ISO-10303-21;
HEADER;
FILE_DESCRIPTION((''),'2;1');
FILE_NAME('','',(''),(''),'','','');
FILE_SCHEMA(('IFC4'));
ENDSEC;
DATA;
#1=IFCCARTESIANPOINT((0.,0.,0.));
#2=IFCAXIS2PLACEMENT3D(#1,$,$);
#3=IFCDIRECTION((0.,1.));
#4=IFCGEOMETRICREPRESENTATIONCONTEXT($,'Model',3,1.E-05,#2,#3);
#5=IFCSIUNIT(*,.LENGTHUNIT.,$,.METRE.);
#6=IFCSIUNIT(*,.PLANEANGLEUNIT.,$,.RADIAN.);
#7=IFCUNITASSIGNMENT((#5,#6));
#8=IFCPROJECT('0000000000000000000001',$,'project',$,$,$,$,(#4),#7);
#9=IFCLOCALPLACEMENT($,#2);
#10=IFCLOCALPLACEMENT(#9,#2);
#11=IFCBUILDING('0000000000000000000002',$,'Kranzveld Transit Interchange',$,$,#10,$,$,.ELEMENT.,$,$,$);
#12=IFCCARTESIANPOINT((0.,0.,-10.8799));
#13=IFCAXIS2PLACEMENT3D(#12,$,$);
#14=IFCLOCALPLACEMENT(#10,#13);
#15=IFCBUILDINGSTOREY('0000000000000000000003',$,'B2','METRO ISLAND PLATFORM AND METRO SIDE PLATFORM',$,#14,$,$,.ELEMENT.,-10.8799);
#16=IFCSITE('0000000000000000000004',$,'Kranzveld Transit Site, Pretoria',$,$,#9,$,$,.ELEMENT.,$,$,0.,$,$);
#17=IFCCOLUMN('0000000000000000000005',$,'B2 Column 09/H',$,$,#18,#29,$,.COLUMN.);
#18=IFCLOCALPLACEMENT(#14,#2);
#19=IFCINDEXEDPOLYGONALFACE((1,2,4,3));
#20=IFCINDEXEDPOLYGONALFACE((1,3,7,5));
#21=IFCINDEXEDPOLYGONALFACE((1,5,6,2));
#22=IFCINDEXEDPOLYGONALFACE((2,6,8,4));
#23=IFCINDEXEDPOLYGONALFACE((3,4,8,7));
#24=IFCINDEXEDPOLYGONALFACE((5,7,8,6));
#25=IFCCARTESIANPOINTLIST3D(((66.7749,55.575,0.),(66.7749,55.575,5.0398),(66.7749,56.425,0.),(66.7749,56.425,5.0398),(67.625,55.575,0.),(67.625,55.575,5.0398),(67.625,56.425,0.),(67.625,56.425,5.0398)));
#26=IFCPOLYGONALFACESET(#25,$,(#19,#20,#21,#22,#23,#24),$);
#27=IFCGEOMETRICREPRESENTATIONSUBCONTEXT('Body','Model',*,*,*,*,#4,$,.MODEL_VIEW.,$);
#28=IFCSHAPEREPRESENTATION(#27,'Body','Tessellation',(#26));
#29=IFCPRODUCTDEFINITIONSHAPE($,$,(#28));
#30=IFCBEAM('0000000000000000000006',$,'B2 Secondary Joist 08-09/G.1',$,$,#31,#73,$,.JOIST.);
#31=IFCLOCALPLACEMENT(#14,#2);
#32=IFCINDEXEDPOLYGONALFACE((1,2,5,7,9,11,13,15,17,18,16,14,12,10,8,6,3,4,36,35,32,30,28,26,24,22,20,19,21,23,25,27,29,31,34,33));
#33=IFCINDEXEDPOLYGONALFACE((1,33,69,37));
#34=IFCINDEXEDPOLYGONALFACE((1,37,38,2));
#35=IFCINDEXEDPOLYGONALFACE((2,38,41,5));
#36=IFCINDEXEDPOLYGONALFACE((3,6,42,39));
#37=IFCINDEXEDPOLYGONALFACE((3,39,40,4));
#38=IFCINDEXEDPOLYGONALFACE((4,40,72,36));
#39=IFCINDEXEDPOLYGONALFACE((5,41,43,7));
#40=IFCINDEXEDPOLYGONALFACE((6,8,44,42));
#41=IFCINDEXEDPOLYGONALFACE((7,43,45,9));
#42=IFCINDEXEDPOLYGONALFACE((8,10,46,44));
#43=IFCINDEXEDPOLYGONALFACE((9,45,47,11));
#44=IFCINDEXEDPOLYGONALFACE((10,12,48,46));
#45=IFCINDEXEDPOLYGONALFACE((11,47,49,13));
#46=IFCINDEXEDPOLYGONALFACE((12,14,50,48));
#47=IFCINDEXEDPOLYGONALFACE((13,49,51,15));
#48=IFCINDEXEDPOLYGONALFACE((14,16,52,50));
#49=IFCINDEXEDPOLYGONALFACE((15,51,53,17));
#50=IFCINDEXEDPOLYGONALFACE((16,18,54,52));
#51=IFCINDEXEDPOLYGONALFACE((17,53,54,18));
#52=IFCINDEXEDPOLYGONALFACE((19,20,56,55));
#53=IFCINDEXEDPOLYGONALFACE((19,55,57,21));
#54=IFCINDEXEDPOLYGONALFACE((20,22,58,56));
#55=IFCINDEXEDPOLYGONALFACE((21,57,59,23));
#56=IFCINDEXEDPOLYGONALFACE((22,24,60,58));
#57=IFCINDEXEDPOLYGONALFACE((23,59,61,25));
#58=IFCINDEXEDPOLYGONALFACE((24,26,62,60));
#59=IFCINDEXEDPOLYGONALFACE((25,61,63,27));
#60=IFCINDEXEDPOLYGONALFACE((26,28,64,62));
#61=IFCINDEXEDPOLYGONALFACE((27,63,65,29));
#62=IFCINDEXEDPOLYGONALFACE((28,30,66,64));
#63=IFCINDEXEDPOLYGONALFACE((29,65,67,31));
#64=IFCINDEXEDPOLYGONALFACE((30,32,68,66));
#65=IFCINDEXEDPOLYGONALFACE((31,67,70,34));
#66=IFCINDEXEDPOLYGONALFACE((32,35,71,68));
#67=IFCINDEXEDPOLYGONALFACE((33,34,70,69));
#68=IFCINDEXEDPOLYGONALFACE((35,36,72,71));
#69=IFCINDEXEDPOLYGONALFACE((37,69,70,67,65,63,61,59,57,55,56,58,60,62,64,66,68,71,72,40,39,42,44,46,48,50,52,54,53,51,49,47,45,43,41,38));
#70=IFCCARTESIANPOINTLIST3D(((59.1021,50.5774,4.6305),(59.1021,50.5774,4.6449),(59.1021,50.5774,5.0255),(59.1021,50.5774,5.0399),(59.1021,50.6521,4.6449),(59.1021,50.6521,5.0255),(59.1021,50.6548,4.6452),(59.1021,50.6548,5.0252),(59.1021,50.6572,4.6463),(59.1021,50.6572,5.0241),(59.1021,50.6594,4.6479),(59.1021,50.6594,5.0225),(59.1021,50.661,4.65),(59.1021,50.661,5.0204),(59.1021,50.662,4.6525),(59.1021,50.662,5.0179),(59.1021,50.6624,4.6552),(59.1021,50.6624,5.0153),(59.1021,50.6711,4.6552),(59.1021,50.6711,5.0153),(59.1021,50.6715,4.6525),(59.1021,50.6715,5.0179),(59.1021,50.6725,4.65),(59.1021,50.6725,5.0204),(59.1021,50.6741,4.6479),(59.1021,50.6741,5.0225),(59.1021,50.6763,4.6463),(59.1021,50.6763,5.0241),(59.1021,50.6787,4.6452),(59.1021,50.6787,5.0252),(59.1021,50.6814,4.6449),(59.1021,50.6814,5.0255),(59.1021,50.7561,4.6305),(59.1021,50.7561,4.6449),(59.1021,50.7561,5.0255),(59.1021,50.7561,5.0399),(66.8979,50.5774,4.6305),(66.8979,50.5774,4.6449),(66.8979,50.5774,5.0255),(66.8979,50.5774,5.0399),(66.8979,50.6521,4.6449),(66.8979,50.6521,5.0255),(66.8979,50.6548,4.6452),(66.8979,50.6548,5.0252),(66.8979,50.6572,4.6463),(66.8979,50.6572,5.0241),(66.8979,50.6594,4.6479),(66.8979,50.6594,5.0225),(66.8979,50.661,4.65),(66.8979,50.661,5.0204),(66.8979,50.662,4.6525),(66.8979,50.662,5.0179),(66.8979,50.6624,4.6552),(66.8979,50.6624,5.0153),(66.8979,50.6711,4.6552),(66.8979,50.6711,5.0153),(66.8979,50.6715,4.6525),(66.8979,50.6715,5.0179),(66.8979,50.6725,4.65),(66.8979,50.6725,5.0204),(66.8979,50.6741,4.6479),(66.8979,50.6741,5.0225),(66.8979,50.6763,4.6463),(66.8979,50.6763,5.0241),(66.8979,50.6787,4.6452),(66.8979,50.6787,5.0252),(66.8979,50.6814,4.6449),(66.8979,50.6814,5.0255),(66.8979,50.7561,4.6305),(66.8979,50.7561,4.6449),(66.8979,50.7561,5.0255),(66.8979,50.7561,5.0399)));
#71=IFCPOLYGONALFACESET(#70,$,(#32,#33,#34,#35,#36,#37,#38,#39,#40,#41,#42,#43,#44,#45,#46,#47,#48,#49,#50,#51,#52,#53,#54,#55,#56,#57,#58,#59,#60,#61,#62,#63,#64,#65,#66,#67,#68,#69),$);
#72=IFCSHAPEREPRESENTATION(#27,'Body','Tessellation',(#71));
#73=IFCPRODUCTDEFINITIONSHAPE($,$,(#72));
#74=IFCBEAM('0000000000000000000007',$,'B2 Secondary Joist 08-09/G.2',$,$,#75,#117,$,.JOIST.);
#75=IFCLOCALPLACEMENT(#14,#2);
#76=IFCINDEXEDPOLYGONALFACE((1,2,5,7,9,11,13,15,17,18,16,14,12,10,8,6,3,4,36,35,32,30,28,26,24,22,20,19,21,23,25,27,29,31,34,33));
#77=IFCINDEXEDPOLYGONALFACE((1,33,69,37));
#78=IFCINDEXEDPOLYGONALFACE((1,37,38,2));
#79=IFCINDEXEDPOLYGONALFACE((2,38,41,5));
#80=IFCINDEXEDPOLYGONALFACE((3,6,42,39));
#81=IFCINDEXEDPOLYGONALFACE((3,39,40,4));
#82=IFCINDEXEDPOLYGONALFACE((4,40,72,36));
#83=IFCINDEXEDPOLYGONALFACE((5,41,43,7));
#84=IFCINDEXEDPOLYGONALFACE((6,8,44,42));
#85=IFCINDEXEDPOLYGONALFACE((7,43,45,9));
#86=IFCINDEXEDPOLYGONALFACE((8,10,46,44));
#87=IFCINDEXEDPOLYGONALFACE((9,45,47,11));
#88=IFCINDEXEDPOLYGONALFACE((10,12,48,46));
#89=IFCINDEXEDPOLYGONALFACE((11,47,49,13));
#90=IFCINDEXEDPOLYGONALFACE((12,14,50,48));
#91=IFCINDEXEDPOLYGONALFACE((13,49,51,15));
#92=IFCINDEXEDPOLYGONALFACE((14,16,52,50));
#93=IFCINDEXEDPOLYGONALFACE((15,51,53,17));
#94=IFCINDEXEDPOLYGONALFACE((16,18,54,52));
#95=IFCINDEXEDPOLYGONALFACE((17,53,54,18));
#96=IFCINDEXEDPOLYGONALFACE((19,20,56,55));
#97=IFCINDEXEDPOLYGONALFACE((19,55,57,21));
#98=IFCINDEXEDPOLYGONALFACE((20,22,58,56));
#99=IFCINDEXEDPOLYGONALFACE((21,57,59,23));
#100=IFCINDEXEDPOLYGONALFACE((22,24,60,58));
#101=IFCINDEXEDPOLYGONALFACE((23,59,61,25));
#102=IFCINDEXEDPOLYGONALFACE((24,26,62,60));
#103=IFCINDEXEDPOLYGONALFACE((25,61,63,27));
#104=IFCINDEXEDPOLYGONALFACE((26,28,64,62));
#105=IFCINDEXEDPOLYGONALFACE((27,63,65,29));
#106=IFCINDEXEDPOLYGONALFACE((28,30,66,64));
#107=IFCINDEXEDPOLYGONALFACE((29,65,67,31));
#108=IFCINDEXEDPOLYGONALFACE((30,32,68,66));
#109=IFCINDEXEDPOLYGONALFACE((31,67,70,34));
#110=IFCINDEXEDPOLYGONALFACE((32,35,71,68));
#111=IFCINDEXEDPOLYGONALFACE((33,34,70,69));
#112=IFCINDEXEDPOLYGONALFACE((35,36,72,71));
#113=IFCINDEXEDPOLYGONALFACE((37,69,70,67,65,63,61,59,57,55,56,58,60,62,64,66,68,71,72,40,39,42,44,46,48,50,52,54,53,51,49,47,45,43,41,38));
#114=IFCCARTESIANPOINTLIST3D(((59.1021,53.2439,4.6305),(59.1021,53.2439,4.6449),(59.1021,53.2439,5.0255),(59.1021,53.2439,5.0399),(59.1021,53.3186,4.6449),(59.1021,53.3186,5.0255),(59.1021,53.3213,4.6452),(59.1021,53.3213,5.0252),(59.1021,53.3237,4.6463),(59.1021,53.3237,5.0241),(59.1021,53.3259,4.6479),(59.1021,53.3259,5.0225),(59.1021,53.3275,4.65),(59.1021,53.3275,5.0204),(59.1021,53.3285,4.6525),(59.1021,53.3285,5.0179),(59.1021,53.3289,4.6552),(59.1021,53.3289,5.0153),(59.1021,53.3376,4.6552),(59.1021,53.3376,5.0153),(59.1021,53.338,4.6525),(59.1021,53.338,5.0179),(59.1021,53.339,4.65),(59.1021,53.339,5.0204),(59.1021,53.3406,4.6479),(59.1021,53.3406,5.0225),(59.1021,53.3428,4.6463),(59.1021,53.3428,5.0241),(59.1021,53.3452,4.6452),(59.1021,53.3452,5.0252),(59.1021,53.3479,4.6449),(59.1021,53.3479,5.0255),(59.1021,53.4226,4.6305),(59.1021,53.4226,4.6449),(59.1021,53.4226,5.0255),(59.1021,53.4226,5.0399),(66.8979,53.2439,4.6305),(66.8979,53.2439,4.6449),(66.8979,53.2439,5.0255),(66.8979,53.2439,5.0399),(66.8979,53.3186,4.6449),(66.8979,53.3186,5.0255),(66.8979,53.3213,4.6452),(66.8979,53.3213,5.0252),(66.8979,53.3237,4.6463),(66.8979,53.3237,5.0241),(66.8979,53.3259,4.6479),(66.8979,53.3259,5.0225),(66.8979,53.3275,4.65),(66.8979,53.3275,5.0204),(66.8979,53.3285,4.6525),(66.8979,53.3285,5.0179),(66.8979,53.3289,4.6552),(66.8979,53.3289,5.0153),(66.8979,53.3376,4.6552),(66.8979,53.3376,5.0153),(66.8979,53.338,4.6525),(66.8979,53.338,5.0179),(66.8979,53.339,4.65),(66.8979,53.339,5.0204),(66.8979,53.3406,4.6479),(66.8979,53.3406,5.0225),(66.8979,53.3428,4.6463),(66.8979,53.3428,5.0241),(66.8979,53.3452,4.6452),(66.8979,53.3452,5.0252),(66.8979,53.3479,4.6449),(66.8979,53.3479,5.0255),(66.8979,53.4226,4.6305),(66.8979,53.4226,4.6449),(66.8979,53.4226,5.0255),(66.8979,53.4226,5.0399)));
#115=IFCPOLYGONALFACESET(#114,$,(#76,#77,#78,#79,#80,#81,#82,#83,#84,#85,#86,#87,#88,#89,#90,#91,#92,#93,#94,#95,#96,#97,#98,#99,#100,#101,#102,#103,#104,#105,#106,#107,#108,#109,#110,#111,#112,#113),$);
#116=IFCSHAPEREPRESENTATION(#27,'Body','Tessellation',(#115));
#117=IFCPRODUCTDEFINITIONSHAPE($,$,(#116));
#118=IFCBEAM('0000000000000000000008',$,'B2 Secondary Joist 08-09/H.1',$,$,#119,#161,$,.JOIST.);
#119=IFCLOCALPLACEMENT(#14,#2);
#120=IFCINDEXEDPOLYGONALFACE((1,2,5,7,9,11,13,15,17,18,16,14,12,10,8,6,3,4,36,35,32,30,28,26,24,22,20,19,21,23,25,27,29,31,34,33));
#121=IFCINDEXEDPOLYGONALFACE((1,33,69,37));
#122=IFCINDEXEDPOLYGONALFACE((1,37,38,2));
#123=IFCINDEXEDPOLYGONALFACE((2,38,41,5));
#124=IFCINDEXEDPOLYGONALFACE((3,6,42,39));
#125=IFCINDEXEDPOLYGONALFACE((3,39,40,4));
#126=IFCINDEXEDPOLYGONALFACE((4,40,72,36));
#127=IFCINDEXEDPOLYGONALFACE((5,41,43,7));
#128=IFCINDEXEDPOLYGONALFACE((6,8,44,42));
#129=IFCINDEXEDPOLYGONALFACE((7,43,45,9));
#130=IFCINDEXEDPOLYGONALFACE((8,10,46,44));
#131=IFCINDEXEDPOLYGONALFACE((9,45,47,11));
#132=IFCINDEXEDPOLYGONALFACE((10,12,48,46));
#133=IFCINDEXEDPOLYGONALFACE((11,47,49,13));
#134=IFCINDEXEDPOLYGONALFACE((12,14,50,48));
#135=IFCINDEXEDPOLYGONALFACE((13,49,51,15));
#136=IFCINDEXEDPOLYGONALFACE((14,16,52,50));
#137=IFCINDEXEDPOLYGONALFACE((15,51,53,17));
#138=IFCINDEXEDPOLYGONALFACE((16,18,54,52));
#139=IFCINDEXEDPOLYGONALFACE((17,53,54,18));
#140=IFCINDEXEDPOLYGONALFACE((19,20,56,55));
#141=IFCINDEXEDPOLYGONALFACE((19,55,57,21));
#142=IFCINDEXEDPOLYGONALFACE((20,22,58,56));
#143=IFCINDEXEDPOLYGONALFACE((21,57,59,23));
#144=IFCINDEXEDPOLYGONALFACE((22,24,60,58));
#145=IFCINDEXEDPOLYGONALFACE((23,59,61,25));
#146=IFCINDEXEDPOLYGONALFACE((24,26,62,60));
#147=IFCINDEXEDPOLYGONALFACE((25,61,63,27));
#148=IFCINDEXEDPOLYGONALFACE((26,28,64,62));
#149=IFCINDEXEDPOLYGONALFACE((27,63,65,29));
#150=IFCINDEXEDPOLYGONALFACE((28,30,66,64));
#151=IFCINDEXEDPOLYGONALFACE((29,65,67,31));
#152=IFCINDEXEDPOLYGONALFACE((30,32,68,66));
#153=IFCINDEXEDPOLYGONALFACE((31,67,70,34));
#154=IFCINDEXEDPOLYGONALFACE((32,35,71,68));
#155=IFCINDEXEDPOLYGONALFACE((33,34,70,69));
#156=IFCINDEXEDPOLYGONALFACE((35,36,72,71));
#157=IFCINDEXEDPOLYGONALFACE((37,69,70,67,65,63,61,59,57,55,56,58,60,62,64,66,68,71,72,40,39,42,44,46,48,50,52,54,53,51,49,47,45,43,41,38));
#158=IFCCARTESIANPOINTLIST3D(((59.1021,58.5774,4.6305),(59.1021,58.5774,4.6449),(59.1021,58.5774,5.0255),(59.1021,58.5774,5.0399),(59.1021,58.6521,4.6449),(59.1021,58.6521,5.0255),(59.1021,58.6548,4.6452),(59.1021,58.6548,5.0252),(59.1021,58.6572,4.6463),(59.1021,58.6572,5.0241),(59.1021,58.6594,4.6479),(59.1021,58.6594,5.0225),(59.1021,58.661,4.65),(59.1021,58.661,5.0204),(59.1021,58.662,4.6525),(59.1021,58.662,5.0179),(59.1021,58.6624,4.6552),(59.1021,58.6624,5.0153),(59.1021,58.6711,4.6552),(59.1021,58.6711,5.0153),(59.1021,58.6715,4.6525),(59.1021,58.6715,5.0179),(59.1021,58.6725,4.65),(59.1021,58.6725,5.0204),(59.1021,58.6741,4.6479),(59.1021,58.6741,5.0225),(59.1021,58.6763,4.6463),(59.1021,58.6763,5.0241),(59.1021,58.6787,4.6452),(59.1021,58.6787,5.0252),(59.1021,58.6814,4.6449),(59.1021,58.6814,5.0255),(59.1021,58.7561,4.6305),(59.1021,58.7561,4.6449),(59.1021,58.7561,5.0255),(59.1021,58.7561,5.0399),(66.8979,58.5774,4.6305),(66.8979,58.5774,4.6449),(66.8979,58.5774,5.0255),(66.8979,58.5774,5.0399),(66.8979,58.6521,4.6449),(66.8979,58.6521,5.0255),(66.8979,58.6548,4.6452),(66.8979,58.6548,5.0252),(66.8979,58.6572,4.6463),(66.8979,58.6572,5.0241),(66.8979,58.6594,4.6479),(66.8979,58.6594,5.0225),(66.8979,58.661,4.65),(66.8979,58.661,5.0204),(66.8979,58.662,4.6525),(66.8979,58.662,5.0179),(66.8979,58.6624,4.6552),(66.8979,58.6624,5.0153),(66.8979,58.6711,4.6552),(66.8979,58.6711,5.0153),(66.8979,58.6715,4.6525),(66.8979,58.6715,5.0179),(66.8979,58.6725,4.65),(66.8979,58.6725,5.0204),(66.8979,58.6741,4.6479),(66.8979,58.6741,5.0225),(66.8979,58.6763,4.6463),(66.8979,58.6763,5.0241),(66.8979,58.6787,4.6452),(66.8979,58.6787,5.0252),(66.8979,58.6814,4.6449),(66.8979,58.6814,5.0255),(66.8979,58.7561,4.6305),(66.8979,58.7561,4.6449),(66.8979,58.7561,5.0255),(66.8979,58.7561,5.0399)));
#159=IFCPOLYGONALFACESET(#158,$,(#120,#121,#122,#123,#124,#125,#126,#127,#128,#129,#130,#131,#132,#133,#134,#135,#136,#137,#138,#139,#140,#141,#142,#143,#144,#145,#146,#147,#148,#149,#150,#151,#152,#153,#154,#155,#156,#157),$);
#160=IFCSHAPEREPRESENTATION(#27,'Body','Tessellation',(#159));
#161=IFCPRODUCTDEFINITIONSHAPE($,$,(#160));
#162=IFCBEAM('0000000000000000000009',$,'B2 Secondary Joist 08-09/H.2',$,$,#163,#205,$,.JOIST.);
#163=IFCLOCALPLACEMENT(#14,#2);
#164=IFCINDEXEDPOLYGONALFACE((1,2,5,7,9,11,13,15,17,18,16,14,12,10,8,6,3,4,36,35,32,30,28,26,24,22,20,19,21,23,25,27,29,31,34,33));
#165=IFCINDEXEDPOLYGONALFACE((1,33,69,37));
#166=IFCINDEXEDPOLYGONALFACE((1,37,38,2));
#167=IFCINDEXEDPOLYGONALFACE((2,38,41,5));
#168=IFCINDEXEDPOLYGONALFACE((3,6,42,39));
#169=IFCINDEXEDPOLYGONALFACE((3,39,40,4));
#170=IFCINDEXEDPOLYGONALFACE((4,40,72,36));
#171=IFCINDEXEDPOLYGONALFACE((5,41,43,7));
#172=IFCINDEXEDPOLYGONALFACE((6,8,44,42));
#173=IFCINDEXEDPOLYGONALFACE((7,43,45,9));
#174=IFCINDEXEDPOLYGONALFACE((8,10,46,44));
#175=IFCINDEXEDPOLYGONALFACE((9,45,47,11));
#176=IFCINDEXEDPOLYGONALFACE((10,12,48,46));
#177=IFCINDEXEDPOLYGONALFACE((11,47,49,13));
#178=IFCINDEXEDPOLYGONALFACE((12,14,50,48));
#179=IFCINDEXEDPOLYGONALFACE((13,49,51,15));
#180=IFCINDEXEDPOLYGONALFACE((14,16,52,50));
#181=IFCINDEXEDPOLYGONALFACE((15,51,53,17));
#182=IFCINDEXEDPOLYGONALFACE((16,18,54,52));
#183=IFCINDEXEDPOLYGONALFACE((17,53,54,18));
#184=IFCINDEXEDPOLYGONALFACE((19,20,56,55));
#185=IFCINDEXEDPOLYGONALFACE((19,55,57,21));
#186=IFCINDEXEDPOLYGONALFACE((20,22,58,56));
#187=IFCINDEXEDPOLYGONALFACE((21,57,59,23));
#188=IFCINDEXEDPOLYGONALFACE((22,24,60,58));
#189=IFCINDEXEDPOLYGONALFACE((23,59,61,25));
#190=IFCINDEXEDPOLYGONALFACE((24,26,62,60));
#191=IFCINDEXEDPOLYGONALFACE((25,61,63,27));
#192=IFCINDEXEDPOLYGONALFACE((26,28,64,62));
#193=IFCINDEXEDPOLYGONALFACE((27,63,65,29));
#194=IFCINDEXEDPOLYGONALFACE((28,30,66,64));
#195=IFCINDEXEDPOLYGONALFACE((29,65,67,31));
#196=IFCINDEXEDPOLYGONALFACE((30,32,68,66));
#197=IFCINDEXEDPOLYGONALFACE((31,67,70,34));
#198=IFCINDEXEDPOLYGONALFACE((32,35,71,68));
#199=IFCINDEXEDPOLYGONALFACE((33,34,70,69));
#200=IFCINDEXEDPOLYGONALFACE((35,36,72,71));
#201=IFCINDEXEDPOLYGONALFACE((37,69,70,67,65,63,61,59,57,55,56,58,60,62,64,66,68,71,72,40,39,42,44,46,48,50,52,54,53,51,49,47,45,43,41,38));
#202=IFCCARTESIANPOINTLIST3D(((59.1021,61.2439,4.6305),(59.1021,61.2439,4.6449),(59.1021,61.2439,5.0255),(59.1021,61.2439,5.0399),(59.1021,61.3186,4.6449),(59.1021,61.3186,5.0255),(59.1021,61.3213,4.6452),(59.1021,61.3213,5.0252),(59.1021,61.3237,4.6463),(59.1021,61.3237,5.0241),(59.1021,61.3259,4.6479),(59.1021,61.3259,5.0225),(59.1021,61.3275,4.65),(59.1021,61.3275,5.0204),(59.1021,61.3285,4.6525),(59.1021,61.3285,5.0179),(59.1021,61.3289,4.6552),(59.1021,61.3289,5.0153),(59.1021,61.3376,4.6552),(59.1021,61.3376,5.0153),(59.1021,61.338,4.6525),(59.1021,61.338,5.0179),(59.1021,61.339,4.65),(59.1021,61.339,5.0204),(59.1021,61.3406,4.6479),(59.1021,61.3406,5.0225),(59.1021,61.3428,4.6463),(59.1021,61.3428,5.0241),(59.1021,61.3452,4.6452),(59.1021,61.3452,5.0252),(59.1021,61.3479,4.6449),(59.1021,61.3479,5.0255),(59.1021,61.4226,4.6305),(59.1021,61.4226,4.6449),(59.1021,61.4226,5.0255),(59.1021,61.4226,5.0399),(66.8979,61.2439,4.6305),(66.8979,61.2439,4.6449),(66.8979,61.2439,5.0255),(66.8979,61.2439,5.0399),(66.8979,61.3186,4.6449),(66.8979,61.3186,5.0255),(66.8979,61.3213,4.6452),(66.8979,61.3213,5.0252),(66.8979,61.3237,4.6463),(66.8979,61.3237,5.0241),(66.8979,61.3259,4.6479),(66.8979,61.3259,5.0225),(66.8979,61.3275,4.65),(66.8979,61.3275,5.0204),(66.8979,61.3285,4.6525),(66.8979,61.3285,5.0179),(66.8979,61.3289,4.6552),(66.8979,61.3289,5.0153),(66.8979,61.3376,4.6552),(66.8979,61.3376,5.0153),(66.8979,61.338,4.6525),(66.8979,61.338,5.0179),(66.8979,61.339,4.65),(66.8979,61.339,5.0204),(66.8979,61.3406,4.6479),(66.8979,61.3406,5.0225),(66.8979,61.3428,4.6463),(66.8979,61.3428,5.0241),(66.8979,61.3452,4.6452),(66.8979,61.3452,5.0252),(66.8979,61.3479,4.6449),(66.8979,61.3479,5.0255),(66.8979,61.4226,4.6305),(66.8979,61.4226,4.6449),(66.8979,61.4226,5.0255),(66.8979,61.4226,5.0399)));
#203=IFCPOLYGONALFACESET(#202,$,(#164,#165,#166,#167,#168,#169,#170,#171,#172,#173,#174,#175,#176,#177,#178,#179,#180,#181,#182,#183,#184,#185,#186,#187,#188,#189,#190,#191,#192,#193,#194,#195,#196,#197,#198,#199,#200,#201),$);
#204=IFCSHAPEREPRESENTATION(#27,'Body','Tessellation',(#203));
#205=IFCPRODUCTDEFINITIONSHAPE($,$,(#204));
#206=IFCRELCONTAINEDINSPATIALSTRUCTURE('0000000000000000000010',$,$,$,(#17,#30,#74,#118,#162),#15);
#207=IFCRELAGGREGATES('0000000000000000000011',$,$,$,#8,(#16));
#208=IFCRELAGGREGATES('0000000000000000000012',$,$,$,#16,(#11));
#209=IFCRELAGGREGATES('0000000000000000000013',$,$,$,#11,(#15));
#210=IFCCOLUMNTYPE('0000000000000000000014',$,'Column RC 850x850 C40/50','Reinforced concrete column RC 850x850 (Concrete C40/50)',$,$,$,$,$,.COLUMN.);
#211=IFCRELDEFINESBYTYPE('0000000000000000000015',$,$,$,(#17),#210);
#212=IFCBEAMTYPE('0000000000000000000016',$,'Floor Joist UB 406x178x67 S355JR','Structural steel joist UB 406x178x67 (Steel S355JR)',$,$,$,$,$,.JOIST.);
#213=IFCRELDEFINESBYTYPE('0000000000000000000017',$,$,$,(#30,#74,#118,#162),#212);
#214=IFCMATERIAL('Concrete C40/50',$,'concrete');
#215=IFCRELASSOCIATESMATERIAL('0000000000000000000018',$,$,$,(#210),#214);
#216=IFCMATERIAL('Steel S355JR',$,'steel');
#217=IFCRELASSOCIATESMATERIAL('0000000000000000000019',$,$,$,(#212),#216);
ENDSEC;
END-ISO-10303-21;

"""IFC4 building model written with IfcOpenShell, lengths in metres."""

from ifc_helpers import new_model, si_unit, direction, frame, origin, origin_2d, place, context, subcontext, project, spatial, rectangle, i_section, extrude, material, material_profile, profile_set, type_object, element, save


model = new_model("IFC4")

# Units and contexts
model_context = context("Model", 3, precision=1e-05, world=origin(), true_north=direction((0.0, 1.0)))
body_context = subcontext(model_context, "Body", "Model", "MODEL_VIEW")
ifc_project = project(units=[si_unit("LENGTHUNIT", "METRE"), si_unit("PLANEANGLEUNIT", "RADIAN")], contexts=[model_context])

# Site, building, storey
site_placement = place(None, origin())
site = spatial("IfcSite", under=ifc_project, at=site_placement, Name="Kranzveld Transit Site, Pretoria", CompositionType="ELEMENT", RefElevation=0.0)
building_placement = place(site_placement, origin())
building = spatial("IfcBuilding", under=site, at=building_placement, Name="Kranzveld Transit Interchange", CompositionType="ELEMENT")
storey_placement = place(building_placement, frame((0.0, 0.0, -10.8799)))
storey = spatial("IfcBuildingStorey", under=building, at=storey_placement, Name="B2", Description="METRO ISLAND PLATFORM AND METRO SIDE PLATFORM", CompositionType="ELEMENT", Elevation=-10.8799)

# Column
ifc_material_1 = material(Name="Concrete C40/50", Category="concrete")
ifc_material_profile_1 = material_profile(ifc_material_1, rectangle(XDim=0.8501, YDim=0.8501, at=origin_2d()), Name="RC 850x850")
ifc_profile_set_1 = profile_set([ifc_material_profile_1], Name="Concrete C40/50")
column_type = type_object("IfcColumnType", Name="Column RC 850x850 C40/50", Description="Reinforced concrete column RC 850x850 (Concrete C40/50)", PredefinedType="COLUMN", material=ifc_profile_set_1)
for number, where, z_axis, x_axis, name in (
    (1, (67.2, 56.0, 0.0), (0.0, 0.0, 1.0), (1.0, 0.0, 0.0), "B2 Column 09/H"),
):
    element("IfcColumn", number, at=place(storey_placement, frame(where, z_axis=z_axis, x_axis=x_axis)), inside=storey, type_object=column_type, Name=name, PredefinedType="COLUMN", context=body_context, shape_type="SweptSolid", body=[
        extrude(rectangle(XDim=0.8501, YDim=0.8501, at=origin_2d()), origin(), (0.0, 0.0, 1.0), 5.0398),
    ])

# Beams
ifc_material_2 = material(Name="Steel S355JR", Category="steel")
ifc_material_profile_2 = material_profile(ifc_material_2, i_section(OverallWidth=0.1787, OverallDepth=0.4094, WebThickness=0.0088, FlangeThickness=0.0144, FilletRadius=0.0103, at=origin_2d()), Name="UB 406x178x67")
ifc_profile_set_2 = profile_set([ifc_material_profile_2], Name="Steel S355JR")
beam_type_1 = type_object("IfcBeamType", Name="Floor Joist UB 406x178x67 S355JR", Description="Structural steel joist UB 406x178x67 (Steel S355JR)", PredefinedType="JOIST", material=ifc_profile_set_2)
for number, where, z_axis, x_axis, name in (
    (2, (59.1021, 50.6667, 4.8352), (1.0, 0.0, 0.0), (0.0, 1.0, 0.0), "B2 Secondary Joist 08-09/G.1"),
    (3, (59.1021, 53.3333, 4.8352), (1.0, 0.0, 0.0), (0.0, 1.0, 0.0), "B2 Secondary Joist 08-09/G.2"),
    (4, (59.1021, 58.6667, 4.8352), (1.0, 0.0, 0.0), (0.0, 1.0, 0.0), "B2 Secondary Joist 08-09/H.1"),
    (5, (59.1021, 61.3333, 4.8352), (1.0, 0.0, 0.0), (0.0, 1.0, 0.0), "B2 Secondary Joist 08-09/H.2"),
):
    element("IfcBeam", number, at=place(storey_placement, frame(where, z_axis=z_axis, x_axis=x_axis)), inside=storey, type_object=beam_type_1, Name=name, PredefinedType="JOIST", context=body_context, shape_type="SweptSolid", body=[
        extrude(i_section(OverallWidth=0.1787, OverallDepth=0.4094, WebThickness=0.0088, FlangeThickness=0.0144, FilletRadius=0.0103, at=origin_2d()), origin(), (0.0, 0.0, 1.0), 7.7959),
    ])

save(model, "model.ifc")
